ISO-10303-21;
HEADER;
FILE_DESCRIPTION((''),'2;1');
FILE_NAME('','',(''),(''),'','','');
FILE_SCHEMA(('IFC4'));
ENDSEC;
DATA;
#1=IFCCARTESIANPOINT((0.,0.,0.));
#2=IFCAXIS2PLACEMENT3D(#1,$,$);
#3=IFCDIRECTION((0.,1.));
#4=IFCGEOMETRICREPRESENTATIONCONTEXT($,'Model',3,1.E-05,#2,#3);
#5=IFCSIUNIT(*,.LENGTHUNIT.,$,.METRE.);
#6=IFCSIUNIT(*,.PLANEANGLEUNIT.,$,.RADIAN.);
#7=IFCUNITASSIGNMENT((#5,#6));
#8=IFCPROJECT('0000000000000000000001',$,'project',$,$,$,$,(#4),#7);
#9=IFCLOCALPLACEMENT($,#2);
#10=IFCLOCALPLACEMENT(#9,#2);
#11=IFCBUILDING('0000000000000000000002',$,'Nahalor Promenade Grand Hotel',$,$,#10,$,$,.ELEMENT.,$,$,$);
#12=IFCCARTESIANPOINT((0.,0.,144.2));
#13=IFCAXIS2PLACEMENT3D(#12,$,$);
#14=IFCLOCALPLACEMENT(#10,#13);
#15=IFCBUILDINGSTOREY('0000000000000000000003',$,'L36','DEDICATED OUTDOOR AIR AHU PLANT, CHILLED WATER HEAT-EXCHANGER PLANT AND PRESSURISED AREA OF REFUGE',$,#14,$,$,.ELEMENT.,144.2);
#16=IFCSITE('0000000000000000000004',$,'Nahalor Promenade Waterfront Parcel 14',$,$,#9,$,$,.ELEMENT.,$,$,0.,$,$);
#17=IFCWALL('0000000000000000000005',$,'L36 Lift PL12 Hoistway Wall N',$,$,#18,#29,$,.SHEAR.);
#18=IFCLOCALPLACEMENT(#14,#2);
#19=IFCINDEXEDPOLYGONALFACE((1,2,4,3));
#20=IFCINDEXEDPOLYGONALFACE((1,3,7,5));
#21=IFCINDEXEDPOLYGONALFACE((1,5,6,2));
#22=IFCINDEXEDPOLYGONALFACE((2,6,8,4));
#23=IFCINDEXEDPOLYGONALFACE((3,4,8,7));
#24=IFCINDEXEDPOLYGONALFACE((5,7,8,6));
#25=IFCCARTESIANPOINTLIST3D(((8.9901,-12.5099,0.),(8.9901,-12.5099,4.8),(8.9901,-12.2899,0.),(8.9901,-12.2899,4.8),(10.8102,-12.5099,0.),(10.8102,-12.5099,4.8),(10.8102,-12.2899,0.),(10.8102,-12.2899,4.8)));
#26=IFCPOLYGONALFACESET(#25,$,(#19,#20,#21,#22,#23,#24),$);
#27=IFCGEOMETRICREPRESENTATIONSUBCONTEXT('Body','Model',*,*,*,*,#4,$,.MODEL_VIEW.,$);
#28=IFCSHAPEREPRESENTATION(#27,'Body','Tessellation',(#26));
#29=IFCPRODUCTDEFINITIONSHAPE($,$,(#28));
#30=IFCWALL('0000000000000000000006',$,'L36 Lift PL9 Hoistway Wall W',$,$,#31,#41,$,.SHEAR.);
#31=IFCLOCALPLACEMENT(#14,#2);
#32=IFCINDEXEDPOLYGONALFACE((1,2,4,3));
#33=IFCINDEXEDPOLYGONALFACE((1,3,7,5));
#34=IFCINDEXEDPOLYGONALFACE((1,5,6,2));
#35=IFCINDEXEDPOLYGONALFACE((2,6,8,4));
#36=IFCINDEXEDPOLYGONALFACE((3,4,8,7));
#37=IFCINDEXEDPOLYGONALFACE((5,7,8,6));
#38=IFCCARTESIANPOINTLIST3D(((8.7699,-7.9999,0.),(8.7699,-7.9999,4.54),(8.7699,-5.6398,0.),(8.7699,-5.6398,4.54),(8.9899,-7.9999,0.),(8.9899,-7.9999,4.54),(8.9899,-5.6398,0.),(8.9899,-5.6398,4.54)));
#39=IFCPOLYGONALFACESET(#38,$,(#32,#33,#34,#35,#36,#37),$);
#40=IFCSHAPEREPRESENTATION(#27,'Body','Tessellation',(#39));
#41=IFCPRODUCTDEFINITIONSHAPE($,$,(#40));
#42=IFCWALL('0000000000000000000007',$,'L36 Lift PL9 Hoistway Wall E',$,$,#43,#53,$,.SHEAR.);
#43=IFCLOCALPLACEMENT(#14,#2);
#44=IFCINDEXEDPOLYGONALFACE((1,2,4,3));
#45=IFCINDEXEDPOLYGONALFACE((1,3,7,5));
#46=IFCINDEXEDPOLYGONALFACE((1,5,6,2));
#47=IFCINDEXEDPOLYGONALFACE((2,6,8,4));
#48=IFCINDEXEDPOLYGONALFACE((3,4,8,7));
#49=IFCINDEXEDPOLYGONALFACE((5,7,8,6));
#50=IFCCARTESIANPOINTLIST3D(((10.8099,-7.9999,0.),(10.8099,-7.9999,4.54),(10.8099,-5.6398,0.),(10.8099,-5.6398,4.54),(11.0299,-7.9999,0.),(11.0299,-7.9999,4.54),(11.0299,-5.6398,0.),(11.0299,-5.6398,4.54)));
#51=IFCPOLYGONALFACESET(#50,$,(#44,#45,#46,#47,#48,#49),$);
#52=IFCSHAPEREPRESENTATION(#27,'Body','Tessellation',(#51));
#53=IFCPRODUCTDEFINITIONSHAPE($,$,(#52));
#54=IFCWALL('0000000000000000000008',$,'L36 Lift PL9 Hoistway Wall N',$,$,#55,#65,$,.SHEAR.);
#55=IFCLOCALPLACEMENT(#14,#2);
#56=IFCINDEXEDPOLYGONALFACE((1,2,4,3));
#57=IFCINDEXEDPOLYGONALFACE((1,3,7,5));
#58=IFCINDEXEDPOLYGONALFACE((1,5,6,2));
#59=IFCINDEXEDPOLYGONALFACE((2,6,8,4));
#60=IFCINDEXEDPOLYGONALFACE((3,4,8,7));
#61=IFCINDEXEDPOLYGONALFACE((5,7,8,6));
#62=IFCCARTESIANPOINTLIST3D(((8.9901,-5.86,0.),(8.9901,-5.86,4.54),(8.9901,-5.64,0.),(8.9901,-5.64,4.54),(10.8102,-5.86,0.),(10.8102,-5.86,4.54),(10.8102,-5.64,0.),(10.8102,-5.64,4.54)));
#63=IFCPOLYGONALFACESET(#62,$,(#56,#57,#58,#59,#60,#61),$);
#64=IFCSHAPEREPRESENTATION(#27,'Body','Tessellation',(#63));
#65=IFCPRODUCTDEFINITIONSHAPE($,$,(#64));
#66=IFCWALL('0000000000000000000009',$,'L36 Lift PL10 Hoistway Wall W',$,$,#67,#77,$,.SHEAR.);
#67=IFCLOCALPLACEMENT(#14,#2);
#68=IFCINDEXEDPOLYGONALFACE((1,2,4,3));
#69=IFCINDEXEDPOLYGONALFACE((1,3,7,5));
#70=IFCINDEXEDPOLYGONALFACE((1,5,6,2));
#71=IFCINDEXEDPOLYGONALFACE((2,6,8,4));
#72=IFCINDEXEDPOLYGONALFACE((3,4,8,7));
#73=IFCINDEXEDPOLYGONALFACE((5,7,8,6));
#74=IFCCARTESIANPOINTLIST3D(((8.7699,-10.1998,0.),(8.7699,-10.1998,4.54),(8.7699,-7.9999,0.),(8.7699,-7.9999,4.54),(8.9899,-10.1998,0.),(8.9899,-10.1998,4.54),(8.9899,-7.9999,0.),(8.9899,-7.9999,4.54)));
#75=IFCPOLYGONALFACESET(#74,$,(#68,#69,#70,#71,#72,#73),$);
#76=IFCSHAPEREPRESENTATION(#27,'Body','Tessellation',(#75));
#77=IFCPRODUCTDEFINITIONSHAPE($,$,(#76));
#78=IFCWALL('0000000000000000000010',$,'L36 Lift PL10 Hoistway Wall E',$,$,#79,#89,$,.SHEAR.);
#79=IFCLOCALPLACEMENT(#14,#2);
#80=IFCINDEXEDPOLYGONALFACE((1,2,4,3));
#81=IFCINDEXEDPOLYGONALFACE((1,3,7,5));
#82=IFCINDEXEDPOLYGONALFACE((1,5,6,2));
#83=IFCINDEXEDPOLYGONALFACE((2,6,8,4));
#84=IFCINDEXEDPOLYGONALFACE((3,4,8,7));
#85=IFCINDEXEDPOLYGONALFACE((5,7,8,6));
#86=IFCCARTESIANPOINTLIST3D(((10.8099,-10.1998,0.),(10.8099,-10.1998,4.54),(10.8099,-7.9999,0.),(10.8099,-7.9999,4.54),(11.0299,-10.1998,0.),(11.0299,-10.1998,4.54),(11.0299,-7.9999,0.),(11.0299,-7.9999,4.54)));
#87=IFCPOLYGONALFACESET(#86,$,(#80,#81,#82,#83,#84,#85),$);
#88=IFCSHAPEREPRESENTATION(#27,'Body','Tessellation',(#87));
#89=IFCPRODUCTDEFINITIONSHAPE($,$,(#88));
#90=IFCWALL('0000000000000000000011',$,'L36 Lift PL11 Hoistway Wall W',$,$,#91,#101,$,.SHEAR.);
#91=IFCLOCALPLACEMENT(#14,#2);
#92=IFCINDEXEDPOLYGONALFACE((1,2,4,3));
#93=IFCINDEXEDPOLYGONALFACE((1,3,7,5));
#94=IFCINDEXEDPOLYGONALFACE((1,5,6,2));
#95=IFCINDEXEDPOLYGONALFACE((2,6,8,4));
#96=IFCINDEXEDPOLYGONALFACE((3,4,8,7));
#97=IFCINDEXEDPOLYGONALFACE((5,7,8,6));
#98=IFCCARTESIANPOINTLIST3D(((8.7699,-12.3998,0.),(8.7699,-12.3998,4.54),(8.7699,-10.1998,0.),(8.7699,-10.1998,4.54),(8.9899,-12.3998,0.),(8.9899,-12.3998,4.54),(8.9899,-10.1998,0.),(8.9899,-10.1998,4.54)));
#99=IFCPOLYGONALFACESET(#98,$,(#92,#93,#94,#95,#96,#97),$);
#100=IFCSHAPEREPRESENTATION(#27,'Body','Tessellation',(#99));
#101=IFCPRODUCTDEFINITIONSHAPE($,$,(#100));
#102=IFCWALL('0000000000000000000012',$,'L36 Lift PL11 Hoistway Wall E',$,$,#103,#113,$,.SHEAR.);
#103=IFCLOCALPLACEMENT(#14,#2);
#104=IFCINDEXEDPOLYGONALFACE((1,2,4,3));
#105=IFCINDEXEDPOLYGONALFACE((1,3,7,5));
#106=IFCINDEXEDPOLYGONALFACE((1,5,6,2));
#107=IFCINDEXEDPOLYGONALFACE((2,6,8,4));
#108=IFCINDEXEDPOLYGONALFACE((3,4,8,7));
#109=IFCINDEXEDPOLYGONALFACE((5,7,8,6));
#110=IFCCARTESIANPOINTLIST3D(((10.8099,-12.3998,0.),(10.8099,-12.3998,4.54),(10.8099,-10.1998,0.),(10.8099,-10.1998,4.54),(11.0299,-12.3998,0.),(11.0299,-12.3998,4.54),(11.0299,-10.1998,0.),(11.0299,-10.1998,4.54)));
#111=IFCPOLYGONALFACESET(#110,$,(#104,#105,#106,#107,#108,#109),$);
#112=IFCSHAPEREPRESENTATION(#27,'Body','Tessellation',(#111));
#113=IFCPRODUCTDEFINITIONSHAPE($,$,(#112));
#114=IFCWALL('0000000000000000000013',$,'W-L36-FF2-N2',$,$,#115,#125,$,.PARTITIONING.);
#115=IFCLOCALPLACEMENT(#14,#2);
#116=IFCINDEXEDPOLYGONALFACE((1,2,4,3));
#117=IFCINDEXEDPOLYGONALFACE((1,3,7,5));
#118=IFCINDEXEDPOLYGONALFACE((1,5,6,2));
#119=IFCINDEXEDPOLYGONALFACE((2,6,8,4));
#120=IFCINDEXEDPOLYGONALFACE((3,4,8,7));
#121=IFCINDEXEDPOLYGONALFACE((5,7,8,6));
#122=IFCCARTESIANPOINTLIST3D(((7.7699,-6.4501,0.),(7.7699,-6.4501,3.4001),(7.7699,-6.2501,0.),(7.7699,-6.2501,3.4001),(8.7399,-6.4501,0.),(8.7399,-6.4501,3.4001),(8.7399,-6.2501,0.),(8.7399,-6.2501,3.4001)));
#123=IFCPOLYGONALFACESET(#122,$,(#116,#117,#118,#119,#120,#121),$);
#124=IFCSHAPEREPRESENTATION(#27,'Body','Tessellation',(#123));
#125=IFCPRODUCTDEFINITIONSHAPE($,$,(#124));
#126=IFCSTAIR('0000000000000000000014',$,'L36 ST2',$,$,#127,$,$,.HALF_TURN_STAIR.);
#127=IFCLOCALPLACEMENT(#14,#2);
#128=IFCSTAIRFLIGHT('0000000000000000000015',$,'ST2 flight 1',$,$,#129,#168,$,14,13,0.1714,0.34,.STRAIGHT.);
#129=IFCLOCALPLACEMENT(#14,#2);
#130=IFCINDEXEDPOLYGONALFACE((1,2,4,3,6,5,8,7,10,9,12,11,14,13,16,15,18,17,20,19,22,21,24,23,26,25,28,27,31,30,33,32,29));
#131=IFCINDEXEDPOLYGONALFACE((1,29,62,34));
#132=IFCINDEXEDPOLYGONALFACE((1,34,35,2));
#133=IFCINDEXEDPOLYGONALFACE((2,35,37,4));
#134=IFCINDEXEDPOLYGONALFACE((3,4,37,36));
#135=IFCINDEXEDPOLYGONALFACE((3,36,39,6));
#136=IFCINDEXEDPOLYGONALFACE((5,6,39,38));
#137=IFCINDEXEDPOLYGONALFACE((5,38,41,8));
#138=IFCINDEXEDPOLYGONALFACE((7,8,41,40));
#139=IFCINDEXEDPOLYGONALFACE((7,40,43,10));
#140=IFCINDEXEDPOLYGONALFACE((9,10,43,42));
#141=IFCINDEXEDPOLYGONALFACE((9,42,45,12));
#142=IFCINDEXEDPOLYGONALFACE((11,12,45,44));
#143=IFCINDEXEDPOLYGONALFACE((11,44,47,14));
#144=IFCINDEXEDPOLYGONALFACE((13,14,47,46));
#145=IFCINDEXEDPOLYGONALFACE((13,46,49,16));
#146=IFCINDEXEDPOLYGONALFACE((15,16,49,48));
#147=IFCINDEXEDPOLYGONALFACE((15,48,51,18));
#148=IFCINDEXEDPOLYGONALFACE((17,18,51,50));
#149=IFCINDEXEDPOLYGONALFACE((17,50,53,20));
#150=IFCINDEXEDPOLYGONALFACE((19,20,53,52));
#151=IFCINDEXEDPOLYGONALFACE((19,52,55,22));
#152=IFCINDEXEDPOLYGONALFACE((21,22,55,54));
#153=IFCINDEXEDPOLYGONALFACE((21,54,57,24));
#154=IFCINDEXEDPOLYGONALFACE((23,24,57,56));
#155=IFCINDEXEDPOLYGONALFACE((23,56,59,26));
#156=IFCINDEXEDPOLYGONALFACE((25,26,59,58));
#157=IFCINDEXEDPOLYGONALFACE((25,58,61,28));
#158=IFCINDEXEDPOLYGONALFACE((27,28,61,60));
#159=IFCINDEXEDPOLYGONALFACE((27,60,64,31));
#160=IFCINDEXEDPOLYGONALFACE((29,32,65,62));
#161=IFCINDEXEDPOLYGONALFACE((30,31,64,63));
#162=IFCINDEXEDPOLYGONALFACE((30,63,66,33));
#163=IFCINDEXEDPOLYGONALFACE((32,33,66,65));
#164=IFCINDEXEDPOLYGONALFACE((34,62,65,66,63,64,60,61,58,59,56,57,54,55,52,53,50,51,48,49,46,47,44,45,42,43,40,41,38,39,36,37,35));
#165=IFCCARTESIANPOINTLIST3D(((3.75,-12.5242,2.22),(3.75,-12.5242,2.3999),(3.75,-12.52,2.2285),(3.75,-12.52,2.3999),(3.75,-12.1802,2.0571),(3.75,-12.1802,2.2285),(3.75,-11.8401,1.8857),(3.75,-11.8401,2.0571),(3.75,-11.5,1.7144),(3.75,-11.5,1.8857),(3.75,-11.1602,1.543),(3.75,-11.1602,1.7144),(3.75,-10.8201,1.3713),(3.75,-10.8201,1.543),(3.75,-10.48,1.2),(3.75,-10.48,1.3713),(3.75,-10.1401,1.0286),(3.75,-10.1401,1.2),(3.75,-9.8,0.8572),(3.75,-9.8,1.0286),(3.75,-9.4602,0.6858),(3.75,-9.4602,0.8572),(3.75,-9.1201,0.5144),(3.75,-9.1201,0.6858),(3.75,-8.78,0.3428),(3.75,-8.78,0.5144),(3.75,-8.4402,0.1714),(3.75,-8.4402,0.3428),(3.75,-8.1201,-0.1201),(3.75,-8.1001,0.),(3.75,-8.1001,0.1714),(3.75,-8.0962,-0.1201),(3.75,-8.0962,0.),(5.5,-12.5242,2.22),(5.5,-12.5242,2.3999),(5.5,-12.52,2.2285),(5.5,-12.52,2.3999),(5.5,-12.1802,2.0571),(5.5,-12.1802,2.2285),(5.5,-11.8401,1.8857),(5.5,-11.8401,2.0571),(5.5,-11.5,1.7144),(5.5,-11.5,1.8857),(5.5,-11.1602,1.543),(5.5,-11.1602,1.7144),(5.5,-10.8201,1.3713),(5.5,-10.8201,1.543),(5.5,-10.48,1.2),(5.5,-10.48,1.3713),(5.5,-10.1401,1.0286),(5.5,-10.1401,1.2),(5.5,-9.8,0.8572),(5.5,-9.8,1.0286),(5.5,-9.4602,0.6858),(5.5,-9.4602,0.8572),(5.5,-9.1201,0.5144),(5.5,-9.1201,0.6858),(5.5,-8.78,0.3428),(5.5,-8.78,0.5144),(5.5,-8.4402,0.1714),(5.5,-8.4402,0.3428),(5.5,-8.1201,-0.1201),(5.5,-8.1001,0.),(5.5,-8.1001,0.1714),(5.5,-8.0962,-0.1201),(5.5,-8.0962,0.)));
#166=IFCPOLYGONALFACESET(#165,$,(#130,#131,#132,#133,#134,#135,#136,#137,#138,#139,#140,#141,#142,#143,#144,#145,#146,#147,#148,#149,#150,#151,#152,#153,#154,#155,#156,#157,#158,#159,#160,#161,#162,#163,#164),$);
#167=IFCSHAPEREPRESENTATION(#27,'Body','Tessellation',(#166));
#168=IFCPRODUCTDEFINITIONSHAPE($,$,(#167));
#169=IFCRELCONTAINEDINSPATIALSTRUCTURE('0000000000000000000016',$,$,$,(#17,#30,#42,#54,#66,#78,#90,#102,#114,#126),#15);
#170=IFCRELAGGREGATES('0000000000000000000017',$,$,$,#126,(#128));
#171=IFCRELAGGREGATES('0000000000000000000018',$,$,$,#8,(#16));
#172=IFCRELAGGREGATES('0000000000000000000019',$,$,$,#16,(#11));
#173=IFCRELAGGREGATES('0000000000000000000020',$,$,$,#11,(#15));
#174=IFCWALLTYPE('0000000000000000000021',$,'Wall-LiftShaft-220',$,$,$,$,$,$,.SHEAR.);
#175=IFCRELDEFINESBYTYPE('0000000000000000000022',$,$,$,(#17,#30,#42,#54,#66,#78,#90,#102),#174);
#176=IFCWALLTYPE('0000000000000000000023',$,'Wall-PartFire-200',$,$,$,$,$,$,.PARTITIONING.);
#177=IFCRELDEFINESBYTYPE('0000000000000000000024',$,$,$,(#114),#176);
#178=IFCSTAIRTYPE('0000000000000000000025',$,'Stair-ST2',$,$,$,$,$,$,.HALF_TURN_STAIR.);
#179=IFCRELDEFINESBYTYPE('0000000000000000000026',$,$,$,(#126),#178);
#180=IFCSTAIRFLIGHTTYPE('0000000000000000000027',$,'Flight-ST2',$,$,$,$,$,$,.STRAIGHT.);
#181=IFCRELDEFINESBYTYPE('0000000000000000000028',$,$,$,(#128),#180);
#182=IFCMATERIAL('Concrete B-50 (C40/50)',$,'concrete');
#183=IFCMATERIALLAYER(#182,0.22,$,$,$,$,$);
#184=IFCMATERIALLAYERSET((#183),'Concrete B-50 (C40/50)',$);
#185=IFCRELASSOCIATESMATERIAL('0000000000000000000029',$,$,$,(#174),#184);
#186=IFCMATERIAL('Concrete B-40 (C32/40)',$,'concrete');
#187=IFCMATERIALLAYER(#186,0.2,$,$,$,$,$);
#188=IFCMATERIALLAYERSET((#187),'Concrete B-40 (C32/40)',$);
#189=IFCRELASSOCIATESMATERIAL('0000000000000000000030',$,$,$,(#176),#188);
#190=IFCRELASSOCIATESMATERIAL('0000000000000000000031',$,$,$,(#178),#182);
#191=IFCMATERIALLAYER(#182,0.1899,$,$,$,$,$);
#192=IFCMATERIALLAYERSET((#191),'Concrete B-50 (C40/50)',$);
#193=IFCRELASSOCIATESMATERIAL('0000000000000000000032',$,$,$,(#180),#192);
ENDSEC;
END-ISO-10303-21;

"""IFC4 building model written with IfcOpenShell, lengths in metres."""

from ifc_helpers import new_model, si_unit, direction, frame, frame_2d, origin, place, context, subcontext, project, spatial, polyline, rectangle, outline, extrude, source, transform, mapped, material, layer, layer_set, type_object, element, aggregate, save


model = new_model("IFC4")

# Units and contexts
model_context = context("Model", 3, precision=1e-05, world=origin(), true_north=direction((0.0, 1.0)))
body_context = subcontext(model_context, "Body", "Model", "MODEL_VIEW")
ifc_project = project(units=[si_unit("LENGTHUNIT", "METRE"), si_unit("PLANEANGLEUNIT", "RADIAN")], contexts=[model_context])

# Site, building, storey
site_placement = place(None, origin())
site = spatial("IfcSite", under=ifc_project, at=site_placement, Name="Nahalor Promenade Waterfront Parcel 14", CompositionType="ELEMENT", RefElevation=0.0)
building_placement = place(site_placement, origin())
building = spatial("IfcBuilding", under=site, at=building_placement, Name="Nahalor Promenade Grand Hotel", CompositionType="ELEMENT")
storey_placement = place(building_placement, frame((0.0, 0.0, 144.2)))
storey = spatial("IfcBuildingStorey", under=building, at=storey_placement, Name="L36", Description="DEDICATED OUTDOOR AIR AHU PLANT, CHILLED WATER HEAT-EXCHANGER PLANT AND PRESSURISED AREA OF REFUGE", CompositionType="ELEMENT", Elevation=144.2)

# Walls
ifc_material_1 = material(Name="Concrete B-50 (C40/50)", Category="concrete")
ifc_layer_1 = layer(ifc_material_1, 0.22)
ifc_layer_set_1 = layer_set([ifc_layer_1], Name="Concrete B-50 (C40/50)")
wall_type_1 = type_object("IfcWallType", Name="Wall-LiftShaft-220", PredefinedType="SHEAR", material=ifc_layer_set_1)
shared_shape_1 = source(origin(), body_context, "Body", "SweptSolid", [
    extrude(rectangle(XDim=1.8201, YDim=0.22, at=frame_2d((0.9102, 0.0))), origin(), (0.0, 0.0, 1.0), 4.8),
])
for number, where, z_axis, x_axis, name in (
    (1, (8.99, -12.3999, 0.0), (0.0, 0.0, 1.0), (1.0, 0.0, 0.0), "L36 Lift PL12 Hoistway Wall N"),
):
    element("IfcWall", number, at=place(storey_placement, frame(where, z_axis=z_axis, x_axis=x_axis)), inside=storey, type_object=wall_type_1, Name=name, PredefinedType="SHEAR", context=body_context, shape_type="MappedRepresentation", body=[
        mapped(shared_shape_1, transform((0.0, 0.0, 0.0), scale=1.0)),
    ])
shared_shape_2 = source(origin(), body_context, "Body", "SweptSolid", [
    extrude(rectangle(XDim=2.3601, YDim=0.22, at=frame_2d((1.1802, 0.0))), origin(), (0.0, 0.0, 1.0), 4.54),
])
for number, where, z_axis, x_axis, name in (
    (2, (8.8799, -8.0, 0.0), (0.0, 0.0, 1.0), (0.0, 1.0, 0.0), "L36 Lift PL9 Hoistway Wall W"),
    (3, (10.9199, -8.0, 0.0), (0.0, 0.0, 1.0), (0.0, 1.0, 0.0), "L36 Lift PL9 Hoistway Wall E"),
):
    element("IfcWall", number, at=place(storey_placement, frame(where, z_axis=z_axis, x_axis=x_axis)), inside=storey, type_object=wall_type_1, Name=name, PredefinedType="SHEAR", context=body_context, shape_type="MappedRepresentation", body=[
        mapped(shared_shape_2, transform((0.0, 0.0, 0.0), scale=1.0)),
    ])
shared_shape_3 = source(origin(), body_context, "Body", "SweptSolid", [
    extrude(rectangle(XDim=1.8201, YDim=0.22, at=frame_2d((0.9102, 0.0))), origin(), (0.0, 0.0, 1.0), 4.54),
])
wall_1_placement = place(storey_placement, frame((8.99, -5.75, 0.0), z_axis=(0.0, 0.0, 1.0), x_axis=(1.0, 0.0, 0.0)))
element("IfcWall", 4, at=wall_1_placement, inside=storey, type_object=wall_type_1, Name="L36 Lift PL9 Hoistway Wall N", PredefinedType="SHEAR", context=body_context, shape_type="MappedRepresentation", body=[
    mapped(shared_shape_3, transform((0.0, 0.0, 0.0), scale=1.0)),
])
shared_shape_4 = source(origin(), body_context, "Body", "SweptSolid", [
    extrude(rectangle(XDim=2.2, YDim=0.22, at=frame_2d((1.1001, 0.0))), origin(), (0.0, 0.0, 1.0), 4.54),
])
for number, where, z_axis, x_axis, name in (
    (5, (8.8799, -10.2, 0.0), (0.0, 0.0, 1.0), (0.0, 1.0, 0.0), "L36 Lift PL10 Hoistway Wall W"),
    (6, (10.9199, -10.2, 0.0), (0.0, 0.0, 1.0), (0.0, 1.0, 0.0), "L36 Lift PL10 Hoistway Wall E"),
    (7, (8.8799, -12.3999, 0.0), (0.0, 0.0, 1.0), (0.0, 1.0, 0.0), "L36 Lift PL11 Hoistway Wall W"),
    (8, (10.9199, -12.3999, 0.0), (0.0, 0.0, 1.0), (0.0, 1.0, 0.0), "L36 Lift PL11 Hoistway Wall E"),
):
    element("IfcWall", number, at=place(storey_placement, frame(where, z_axis=z_axis, x_axis=x_axis)), inside=storey, type_object=wall_type_1, Name=name, PredefinedType="SHEAR", context=body_context, shape_type="MappedRepresentation", body=[
        mapped(shared_shape_4, transform((0.0, 0.0, 0.0), scale=1.0)),
    ])
ifc_material_2 = material(Name="Concrete B-40 (C32/40)", Category="concrete")
ifc_layer_2 = layer(ifc_material_2, 0.2)
ifc_layer_set_2 = layer_set([ifc_layer_2], Name="Concrete B-40 (C32/40)")
wall_type_2 = type_object("IfcWallType", Name="Wall-PartFire-200", PredefinedType="PARTITIONING", material=ifc_layer_set_2)
shared_shape_5 = source(origin(), body_context, "Body", "SweptSolid", [
    extrude(rectangle(XDim=0.97, YDim=0.2, at=frame_2d((0.4849, 0.0))), origin(), (0.0, 0.0, 1.0), 3.4001),
])
wall_2_placement = place(storey_placement, frame((7.77, -6.3501, 0.0), z_axis=(0.0, 0.0, 1.0), x_axis=(1.0, 0.0, 0.0)))
element("IfcWall", 9, at=wall_2_placement, inside=storey, type_object=wall_type_2, Name="W-L36-FF2-N2", PredefinedType="PARTITIONING", context=body_context, shape_type="MappedRepresentation", body=[
    mapped(shared_shape_5, transform((0.0, 0.0, 0.0), scale=1.0)),
])

# Stair, stair flight
stair_type = type_object("IfcStairType", Name="Stair-ST2", PredefinedType="HALF_TURN_STAIR", material=ifc_material_1)
stair_placement = place(storey_placement, origin())
stair = element("IfcStair", 10, at=stair_placement, inside=storey, type_object=stair_type, Name="L36 ST2", PredefinedType="HALF_TURN_STAIR")
ifc_layer_3 = layer(ifc_material_1, 0.1899)
ifc_layer_set_3 = layer_set([ifc_layer_3], Name="Concrete B-50 (C40/50)")
stair_flight_type = type_object("IfcStairFlightType", Name="Flight-ST2", PredefinedType="STRAIGHT", material=ifc_layer_set_3)
shared_shape_6 = source(origin(), body_context, "Body", "SweptSolid", [
    extrude(outline(polyline([(-0.0039, -0.1201), (-0.0039, 0.0), (0.0, 0.0), (0.0, 0.1714), (0.3401, 0.1714), (0.3401, 0.3428), (0.6799, 0.3428), (0.6799, 0.5144), (1.02, 0.5144), (1.02, 0.6858), (1.3601, 0.6858), (1.3601, 0.8572), (1.7, 0.8572), (1.7, 1.0286), (2.04, 1.0286), (2.04, 1.2), (2.3799, 1.2), (2.3799, 1.3713), (2.72, 1.3713), (2.72, 1.543), (3.0601, 1.543), (3.0601, 1.7144), (3.3999, 1.7144), (3.3999, 1.8857), (3.74, 1.8857), (3.74, 2.0571), (4.0801, 2.0571), (4.0801, 2.2285), (4.4199, 2.2285), (4.4199, 2.3999), (4.4241, 2.3999), (4.4241, 2.22), (0.02, -0.1201), (-0.0039, -0.1201)])), frame((0.0, 0.875, 0.0), z_axis=(0.0, -1.0, 0.0), x_axis=(1.0, 0.0, 0.0)), (0.0, 0.0, 1.0), 1.75),
])
stair_flight_1_placement = place(storey_placement, frame((4.625, -8.1001, 0.0), z_axis=(0.0, 0.0, 1.0), x_axis=(0.0, -1.0, 0.0)))
stair_flight_1 = element("IfcStairFlight", 11, at=stair_flight_1_placement, type_object=stair_flight_type, Name="ST2 flight 1", NumberOfRisers=14, NumberOfTreads=13, PredefinedType="STRAIGHT", RiserHeight=0.1714, TreadLength=0.34, context=body_context, shape_type="MappedRepresentation", body=[
    mapped(shared_shape_6, transform((0.0, 0.0, 0.0), scale=1.0)),
])
aggregate(stair, [stair_flight_1])

save(model, "model.ifc")
